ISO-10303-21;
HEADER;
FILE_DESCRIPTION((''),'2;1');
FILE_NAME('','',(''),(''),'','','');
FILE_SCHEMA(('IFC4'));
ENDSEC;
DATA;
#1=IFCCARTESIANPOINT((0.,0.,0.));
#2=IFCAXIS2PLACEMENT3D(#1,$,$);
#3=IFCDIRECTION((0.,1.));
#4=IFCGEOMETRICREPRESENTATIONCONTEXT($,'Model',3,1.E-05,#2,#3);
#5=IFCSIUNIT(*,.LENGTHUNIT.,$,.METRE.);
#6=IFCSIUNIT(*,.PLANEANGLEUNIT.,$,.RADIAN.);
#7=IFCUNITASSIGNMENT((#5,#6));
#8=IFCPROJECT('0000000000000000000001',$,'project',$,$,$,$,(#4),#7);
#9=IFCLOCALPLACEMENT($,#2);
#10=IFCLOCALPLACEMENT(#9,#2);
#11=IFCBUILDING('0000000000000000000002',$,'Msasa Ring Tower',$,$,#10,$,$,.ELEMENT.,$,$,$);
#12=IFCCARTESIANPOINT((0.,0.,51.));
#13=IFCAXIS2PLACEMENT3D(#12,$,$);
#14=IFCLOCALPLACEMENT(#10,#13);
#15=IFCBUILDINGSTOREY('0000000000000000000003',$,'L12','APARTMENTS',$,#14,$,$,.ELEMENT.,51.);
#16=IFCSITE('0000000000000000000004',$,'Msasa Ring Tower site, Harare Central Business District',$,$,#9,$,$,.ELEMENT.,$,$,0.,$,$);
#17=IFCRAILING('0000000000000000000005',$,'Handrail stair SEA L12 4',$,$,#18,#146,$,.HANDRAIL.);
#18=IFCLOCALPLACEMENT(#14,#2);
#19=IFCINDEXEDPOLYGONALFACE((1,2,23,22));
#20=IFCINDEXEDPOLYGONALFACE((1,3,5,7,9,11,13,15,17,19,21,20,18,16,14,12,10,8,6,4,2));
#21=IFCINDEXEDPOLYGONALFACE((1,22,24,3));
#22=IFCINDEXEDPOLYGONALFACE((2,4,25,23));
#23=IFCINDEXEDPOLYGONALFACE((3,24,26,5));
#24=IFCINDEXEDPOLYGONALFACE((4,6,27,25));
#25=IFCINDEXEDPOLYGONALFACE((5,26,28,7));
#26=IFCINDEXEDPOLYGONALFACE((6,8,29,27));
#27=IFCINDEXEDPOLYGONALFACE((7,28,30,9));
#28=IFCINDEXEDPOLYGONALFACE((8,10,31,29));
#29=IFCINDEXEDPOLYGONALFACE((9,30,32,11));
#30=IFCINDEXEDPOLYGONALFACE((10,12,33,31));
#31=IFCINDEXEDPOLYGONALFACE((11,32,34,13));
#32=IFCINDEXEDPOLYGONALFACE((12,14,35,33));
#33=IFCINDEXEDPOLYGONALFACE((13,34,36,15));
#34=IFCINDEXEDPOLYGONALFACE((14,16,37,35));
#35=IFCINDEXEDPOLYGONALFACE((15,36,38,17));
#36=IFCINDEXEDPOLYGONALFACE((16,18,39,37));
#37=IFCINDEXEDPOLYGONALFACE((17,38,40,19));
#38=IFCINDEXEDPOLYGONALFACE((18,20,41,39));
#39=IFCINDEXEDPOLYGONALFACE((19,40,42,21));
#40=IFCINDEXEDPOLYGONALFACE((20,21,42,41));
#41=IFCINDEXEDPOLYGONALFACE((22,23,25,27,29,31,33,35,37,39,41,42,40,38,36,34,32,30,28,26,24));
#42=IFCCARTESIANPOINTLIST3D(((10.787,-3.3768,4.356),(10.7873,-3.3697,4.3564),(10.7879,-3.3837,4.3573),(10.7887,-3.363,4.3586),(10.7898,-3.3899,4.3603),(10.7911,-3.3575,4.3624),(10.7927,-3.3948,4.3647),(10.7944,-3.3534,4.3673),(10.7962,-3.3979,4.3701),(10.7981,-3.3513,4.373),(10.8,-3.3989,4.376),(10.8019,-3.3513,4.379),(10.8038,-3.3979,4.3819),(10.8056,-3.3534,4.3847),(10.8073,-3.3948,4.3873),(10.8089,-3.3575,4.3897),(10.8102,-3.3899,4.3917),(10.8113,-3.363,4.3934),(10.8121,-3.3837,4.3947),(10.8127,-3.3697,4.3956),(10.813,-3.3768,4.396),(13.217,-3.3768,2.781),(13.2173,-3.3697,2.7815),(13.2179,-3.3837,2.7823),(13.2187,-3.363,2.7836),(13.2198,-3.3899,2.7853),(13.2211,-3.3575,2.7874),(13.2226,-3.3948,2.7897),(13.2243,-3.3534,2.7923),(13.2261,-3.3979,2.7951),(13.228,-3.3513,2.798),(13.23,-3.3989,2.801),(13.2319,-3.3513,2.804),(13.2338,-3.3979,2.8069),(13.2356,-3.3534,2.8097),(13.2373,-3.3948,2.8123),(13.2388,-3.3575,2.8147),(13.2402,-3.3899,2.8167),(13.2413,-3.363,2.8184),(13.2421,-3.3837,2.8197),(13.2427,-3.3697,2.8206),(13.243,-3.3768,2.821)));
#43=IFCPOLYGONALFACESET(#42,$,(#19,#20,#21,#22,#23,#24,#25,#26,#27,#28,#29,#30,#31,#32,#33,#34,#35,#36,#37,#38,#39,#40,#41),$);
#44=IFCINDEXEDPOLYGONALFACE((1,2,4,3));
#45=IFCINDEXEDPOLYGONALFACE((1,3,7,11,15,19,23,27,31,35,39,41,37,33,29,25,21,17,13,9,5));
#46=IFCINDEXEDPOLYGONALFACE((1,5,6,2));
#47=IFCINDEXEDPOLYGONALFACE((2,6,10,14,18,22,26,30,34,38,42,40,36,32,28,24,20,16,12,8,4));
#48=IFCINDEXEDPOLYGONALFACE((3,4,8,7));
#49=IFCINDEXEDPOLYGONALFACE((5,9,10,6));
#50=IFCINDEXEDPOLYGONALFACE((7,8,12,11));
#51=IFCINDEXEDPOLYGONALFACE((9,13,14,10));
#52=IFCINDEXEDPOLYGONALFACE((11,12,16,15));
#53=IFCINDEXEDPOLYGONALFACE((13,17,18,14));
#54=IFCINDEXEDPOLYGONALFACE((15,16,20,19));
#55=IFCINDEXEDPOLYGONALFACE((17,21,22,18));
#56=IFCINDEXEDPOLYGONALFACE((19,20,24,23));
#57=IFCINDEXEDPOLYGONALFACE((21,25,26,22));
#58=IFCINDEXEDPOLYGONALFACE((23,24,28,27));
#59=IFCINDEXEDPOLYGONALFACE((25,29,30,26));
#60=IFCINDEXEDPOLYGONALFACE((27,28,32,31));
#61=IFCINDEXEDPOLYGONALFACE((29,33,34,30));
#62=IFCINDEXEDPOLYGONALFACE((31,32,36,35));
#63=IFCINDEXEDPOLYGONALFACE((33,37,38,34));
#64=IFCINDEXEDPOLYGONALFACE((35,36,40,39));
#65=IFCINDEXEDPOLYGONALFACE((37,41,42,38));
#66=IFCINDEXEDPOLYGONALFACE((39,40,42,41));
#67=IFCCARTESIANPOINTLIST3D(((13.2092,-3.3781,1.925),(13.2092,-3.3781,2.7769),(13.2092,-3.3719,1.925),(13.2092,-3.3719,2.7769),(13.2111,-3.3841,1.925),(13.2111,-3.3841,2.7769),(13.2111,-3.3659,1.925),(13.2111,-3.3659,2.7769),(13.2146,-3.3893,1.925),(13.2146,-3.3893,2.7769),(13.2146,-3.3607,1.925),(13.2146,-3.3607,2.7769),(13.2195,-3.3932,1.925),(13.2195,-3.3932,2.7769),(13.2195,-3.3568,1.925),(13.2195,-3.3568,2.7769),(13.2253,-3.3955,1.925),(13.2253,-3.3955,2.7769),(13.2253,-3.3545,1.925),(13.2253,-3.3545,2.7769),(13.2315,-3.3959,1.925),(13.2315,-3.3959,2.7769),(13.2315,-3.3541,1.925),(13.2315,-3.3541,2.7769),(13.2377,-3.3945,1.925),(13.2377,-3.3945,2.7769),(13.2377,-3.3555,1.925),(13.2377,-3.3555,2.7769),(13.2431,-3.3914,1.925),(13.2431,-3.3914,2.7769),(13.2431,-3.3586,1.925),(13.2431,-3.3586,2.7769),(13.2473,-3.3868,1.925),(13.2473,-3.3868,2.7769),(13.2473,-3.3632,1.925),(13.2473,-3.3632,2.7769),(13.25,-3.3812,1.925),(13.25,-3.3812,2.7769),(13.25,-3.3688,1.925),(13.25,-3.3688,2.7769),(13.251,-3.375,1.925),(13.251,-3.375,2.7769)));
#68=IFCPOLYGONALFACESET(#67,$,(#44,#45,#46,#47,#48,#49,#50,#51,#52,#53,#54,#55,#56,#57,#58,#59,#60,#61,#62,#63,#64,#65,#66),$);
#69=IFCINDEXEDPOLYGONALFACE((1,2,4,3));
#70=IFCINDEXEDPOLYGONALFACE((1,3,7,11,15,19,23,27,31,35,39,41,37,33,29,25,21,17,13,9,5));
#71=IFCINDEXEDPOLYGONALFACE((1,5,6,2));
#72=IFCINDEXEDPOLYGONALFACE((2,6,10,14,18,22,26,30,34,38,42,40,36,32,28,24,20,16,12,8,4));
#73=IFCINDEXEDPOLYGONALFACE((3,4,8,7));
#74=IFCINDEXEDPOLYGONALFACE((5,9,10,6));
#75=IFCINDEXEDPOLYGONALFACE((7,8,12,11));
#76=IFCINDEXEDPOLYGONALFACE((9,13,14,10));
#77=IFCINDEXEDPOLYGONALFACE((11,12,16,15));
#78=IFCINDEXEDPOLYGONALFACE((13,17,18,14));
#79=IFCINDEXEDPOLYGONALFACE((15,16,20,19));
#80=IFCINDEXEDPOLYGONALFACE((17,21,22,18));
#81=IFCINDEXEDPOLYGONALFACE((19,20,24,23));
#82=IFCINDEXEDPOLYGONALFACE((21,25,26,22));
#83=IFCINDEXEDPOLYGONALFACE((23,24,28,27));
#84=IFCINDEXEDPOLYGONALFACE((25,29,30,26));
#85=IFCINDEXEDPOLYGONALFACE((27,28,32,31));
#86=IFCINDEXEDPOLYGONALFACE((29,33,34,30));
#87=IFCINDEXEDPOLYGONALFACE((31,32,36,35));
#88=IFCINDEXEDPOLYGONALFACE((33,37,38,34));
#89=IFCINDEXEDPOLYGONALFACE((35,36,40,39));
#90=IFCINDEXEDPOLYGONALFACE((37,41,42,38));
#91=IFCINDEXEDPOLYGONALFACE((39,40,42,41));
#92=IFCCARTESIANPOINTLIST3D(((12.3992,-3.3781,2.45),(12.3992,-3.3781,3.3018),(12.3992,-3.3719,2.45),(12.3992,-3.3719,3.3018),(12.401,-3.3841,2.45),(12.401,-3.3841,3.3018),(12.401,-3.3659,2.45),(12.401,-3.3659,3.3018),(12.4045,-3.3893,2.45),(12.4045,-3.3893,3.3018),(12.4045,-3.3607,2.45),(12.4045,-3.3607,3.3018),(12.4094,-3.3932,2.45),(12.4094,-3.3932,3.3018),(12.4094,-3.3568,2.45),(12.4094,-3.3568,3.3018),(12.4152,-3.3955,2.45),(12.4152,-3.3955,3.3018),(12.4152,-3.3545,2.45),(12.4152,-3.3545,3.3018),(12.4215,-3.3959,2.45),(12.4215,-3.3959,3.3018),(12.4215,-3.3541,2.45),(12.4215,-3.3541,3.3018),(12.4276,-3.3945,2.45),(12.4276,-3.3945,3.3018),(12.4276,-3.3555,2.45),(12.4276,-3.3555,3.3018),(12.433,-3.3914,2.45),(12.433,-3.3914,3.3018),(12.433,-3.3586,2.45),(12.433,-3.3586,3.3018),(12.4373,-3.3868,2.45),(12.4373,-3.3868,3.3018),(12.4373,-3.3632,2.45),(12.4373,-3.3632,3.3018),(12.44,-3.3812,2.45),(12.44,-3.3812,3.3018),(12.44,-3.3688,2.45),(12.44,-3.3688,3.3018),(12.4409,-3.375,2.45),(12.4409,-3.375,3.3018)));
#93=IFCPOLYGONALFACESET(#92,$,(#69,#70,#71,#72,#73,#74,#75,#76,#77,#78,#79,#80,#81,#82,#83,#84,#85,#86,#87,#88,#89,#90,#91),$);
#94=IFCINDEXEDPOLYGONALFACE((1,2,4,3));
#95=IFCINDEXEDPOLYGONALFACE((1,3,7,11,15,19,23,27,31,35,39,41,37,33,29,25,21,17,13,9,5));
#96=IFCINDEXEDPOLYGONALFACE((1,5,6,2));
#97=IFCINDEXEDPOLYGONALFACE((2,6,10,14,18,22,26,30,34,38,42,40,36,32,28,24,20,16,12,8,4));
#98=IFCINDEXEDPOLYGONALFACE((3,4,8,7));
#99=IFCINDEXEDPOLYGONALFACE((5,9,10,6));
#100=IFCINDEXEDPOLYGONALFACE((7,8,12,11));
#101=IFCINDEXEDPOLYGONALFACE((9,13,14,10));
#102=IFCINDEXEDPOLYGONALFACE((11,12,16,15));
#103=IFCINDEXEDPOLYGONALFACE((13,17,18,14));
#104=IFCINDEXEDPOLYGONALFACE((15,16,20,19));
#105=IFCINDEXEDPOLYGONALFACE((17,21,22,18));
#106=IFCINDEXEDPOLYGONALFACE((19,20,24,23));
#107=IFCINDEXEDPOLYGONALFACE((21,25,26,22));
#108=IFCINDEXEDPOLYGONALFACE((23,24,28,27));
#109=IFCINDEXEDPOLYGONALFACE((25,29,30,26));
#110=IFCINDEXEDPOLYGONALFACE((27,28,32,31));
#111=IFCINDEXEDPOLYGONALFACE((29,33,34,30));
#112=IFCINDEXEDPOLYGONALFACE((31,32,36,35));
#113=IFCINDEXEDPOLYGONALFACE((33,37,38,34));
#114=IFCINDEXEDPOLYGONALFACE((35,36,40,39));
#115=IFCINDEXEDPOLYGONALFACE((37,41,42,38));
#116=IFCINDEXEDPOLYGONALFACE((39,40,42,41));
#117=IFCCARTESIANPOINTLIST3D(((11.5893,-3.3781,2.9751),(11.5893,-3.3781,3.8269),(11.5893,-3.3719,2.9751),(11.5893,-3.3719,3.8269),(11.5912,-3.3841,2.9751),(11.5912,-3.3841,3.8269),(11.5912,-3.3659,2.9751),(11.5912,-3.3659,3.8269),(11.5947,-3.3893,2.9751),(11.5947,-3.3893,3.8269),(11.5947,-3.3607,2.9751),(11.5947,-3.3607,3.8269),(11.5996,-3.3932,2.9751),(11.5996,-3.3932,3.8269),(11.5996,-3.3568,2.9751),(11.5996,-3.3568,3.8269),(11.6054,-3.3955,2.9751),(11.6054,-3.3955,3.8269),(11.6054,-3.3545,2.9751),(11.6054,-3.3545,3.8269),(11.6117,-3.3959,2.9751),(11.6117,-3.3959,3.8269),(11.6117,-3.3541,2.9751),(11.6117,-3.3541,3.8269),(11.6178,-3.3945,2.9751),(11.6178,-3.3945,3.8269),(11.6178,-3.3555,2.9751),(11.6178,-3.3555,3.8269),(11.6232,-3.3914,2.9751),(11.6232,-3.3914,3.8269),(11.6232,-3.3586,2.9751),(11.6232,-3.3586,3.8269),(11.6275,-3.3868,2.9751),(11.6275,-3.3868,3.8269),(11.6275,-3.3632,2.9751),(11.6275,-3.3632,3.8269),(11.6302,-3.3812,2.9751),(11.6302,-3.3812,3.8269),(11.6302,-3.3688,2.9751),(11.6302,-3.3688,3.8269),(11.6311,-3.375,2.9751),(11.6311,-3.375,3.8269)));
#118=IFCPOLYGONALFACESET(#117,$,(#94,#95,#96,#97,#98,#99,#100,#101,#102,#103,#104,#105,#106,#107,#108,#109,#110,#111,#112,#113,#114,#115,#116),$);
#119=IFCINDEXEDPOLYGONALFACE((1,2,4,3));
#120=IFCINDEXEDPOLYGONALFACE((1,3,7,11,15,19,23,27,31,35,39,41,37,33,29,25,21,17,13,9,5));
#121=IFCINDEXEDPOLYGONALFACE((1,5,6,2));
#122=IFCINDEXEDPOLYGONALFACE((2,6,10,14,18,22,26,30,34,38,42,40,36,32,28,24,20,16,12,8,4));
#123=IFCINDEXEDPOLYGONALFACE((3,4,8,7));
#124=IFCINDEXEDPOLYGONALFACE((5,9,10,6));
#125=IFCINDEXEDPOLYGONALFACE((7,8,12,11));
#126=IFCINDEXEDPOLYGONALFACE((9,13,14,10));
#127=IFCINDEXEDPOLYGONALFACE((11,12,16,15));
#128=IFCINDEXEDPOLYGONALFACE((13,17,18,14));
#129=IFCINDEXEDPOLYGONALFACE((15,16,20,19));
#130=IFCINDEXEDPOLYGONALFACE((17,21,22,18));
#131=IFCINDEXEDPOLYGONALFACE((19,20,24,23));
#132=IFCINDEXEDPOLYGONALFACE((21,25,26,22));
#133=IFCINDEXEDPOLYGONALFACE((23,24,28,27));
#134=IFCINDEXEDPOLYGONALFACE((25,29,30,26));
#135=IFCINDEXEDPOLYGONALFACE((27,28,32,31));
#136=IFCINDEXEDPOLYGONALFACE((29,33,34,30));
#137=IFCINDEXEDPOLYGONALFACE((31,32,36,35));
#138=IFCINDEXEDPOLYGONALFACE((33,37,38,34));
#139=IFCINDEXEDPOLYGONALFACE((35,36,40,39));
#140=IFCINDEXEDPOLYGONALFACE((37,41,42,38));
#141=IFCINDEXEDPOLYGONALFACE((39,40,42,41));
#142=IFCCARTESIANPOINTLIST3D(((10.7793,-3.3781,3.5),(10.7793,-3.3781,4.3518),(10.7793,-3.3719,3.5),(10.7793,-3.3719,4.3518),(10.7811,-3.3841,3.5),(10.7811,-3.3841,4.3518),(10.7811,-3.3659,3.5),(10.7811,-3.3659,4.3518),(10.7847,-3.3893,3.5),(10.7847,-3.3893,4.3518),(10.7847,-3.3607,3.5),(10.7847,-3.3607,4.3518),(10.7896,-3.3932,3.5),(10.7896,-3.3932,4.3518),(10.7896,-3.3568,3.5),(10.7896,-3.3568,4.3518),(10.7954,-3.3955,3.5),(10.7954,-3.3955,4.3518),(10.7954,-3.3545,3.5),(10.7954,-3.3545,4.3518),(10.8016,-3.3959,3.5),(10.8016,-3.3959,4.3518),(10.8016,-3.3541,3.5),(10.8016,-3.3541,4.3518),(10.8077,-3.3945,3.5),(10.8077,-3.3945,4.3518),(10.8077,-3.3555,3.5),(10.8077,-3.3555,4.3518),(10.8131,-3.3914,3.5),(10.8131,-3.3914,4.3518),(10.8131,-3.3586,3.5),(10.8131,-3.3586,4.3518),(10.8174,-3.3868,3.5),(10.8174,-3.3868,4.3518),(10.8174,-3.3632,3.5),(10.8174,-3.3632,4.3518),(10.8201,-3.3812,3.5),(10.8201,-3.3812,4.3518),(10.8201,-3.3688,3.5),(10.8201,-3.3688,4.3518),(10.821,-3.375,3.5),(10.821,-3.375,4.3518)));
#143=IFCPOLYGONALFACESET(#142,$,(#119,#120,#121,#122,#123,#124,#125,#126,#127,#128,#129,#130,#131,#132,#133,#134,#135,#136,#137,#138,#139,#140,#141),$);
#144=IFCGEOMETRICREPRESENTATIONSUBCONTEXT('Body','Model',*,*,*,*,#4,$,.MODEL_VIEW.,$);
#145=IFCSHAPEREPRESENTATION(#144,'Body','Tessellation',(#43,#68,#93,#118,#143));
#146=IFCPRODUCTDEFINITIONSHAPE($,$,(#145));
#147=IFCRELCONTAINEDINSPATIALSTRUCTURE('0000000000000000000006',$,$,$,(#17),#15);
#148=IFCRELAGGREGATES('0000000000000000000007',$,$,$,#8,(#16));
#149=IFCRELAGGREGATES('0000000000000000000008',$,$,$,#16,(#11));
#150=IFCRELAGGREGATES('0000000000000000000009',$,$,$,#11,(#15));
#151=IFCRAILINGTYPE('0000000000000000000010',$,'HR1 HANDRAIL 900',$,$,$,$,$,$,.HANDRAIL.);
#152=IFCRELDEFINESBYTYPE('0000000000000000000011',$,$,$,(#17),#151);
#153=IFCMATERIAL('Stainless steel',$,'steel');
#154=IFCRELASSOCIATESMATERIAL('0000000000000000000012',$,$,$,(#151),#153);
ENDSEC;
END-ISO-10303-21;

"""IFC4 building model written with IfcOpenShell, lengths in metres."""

from ifc_helpers import new_model, si_unit, direction, frame, origin, origin_2d, place, context, subcontext, project, spatial, circle, extrude, material, type_object, element, save


model = new_model("IFC4")

# Units and contexts
model_context = context("Model", 3, precision=1e-05, world=origin(), true_north=direction((0.0, 1.0)))
body_context = subcontext(model_context, "Body", "Model", "MODEL_VIEW")
ifc_project = project(units=[si_unit("LENGTHUNIT", "METRE"), si_unit("PLANEANGLEUNIT", "RADIAN")], contexts=[model_context])

# Site, building, storey
site_placement = place(None, origin())
site = spatial("IfcSite", under=ifc_project, at=site_placement, Name="Msasa Ring Tower site, Harare Central Business District", CompositionType="ELEMENT", RefElevation=0.0)
building_placement = place(site_placement, origin())
building = spatial("IfcBuilding", under=site, at=building_placement, Name="Msasa Ring Tower", CompositionType="ELEMENT")
storey_placement = place(building_placement, frame((0.0, 0.0, 51.0)))
storey = spatial("IfcBuildingStorey", under=building, at=storey_placement, Name="L12", Description="APARTMENTS", CompositionType="ELEMENT", Elevation=51.0)

# Railing
ifc_material_1 = material(Name="Stainless steel", Category="steel")
railing_type = type_object("IfcRailingType", Name="HR1 HANDRAIL 900", PredefinedType="HANDRAIL", material=ifc_material_1)
for number, where, name in (
    (1, (13.23, -3.375, 1.925), "Handrail stair SEA L12 4"),
):
    element("IfcRailing", number, at=place(storey_placement, frame(where)), inside=storey, type_object=railing_type, Name=name, PredefinedType="HANDRAIL", context=body_context, shape_type="SweptSolid", body=[
        extrude(circle(Radius=0.0239, at=origin_2d()), frame((0.0, 0.0, 0.876), z_axis=(-0.839154, 0.0, 0.543894), x_axis=(0.0, -1.0, 0.0)), (0.0, 0.0, 1.0), 2.8958),
        extrude(circle(Radius=0.021, at=origin_2d()), origin(), (0.0, 0.0, 1.0), 0.8518),
        extrude(circle(Radius=0.021, at=origin_2d()), frame((-0.8101, 0.0, 0.5249)), (0.0, 0.0, 1.0), 0.8518),
        extrude(circle(Radius=0.021, at=origin_2d()), frame((-1.6199, 0.0, 1.05)), (0.0, 0.0, 1.0), 0.8518),
        extrude(circle(Radius=0.021, at=origin_2d()), frame((-2.4299, 0.0, 1.575)), (0.0, 0.0, 1.0), 0.8518),
    ])

save(model, "model.ifc")
